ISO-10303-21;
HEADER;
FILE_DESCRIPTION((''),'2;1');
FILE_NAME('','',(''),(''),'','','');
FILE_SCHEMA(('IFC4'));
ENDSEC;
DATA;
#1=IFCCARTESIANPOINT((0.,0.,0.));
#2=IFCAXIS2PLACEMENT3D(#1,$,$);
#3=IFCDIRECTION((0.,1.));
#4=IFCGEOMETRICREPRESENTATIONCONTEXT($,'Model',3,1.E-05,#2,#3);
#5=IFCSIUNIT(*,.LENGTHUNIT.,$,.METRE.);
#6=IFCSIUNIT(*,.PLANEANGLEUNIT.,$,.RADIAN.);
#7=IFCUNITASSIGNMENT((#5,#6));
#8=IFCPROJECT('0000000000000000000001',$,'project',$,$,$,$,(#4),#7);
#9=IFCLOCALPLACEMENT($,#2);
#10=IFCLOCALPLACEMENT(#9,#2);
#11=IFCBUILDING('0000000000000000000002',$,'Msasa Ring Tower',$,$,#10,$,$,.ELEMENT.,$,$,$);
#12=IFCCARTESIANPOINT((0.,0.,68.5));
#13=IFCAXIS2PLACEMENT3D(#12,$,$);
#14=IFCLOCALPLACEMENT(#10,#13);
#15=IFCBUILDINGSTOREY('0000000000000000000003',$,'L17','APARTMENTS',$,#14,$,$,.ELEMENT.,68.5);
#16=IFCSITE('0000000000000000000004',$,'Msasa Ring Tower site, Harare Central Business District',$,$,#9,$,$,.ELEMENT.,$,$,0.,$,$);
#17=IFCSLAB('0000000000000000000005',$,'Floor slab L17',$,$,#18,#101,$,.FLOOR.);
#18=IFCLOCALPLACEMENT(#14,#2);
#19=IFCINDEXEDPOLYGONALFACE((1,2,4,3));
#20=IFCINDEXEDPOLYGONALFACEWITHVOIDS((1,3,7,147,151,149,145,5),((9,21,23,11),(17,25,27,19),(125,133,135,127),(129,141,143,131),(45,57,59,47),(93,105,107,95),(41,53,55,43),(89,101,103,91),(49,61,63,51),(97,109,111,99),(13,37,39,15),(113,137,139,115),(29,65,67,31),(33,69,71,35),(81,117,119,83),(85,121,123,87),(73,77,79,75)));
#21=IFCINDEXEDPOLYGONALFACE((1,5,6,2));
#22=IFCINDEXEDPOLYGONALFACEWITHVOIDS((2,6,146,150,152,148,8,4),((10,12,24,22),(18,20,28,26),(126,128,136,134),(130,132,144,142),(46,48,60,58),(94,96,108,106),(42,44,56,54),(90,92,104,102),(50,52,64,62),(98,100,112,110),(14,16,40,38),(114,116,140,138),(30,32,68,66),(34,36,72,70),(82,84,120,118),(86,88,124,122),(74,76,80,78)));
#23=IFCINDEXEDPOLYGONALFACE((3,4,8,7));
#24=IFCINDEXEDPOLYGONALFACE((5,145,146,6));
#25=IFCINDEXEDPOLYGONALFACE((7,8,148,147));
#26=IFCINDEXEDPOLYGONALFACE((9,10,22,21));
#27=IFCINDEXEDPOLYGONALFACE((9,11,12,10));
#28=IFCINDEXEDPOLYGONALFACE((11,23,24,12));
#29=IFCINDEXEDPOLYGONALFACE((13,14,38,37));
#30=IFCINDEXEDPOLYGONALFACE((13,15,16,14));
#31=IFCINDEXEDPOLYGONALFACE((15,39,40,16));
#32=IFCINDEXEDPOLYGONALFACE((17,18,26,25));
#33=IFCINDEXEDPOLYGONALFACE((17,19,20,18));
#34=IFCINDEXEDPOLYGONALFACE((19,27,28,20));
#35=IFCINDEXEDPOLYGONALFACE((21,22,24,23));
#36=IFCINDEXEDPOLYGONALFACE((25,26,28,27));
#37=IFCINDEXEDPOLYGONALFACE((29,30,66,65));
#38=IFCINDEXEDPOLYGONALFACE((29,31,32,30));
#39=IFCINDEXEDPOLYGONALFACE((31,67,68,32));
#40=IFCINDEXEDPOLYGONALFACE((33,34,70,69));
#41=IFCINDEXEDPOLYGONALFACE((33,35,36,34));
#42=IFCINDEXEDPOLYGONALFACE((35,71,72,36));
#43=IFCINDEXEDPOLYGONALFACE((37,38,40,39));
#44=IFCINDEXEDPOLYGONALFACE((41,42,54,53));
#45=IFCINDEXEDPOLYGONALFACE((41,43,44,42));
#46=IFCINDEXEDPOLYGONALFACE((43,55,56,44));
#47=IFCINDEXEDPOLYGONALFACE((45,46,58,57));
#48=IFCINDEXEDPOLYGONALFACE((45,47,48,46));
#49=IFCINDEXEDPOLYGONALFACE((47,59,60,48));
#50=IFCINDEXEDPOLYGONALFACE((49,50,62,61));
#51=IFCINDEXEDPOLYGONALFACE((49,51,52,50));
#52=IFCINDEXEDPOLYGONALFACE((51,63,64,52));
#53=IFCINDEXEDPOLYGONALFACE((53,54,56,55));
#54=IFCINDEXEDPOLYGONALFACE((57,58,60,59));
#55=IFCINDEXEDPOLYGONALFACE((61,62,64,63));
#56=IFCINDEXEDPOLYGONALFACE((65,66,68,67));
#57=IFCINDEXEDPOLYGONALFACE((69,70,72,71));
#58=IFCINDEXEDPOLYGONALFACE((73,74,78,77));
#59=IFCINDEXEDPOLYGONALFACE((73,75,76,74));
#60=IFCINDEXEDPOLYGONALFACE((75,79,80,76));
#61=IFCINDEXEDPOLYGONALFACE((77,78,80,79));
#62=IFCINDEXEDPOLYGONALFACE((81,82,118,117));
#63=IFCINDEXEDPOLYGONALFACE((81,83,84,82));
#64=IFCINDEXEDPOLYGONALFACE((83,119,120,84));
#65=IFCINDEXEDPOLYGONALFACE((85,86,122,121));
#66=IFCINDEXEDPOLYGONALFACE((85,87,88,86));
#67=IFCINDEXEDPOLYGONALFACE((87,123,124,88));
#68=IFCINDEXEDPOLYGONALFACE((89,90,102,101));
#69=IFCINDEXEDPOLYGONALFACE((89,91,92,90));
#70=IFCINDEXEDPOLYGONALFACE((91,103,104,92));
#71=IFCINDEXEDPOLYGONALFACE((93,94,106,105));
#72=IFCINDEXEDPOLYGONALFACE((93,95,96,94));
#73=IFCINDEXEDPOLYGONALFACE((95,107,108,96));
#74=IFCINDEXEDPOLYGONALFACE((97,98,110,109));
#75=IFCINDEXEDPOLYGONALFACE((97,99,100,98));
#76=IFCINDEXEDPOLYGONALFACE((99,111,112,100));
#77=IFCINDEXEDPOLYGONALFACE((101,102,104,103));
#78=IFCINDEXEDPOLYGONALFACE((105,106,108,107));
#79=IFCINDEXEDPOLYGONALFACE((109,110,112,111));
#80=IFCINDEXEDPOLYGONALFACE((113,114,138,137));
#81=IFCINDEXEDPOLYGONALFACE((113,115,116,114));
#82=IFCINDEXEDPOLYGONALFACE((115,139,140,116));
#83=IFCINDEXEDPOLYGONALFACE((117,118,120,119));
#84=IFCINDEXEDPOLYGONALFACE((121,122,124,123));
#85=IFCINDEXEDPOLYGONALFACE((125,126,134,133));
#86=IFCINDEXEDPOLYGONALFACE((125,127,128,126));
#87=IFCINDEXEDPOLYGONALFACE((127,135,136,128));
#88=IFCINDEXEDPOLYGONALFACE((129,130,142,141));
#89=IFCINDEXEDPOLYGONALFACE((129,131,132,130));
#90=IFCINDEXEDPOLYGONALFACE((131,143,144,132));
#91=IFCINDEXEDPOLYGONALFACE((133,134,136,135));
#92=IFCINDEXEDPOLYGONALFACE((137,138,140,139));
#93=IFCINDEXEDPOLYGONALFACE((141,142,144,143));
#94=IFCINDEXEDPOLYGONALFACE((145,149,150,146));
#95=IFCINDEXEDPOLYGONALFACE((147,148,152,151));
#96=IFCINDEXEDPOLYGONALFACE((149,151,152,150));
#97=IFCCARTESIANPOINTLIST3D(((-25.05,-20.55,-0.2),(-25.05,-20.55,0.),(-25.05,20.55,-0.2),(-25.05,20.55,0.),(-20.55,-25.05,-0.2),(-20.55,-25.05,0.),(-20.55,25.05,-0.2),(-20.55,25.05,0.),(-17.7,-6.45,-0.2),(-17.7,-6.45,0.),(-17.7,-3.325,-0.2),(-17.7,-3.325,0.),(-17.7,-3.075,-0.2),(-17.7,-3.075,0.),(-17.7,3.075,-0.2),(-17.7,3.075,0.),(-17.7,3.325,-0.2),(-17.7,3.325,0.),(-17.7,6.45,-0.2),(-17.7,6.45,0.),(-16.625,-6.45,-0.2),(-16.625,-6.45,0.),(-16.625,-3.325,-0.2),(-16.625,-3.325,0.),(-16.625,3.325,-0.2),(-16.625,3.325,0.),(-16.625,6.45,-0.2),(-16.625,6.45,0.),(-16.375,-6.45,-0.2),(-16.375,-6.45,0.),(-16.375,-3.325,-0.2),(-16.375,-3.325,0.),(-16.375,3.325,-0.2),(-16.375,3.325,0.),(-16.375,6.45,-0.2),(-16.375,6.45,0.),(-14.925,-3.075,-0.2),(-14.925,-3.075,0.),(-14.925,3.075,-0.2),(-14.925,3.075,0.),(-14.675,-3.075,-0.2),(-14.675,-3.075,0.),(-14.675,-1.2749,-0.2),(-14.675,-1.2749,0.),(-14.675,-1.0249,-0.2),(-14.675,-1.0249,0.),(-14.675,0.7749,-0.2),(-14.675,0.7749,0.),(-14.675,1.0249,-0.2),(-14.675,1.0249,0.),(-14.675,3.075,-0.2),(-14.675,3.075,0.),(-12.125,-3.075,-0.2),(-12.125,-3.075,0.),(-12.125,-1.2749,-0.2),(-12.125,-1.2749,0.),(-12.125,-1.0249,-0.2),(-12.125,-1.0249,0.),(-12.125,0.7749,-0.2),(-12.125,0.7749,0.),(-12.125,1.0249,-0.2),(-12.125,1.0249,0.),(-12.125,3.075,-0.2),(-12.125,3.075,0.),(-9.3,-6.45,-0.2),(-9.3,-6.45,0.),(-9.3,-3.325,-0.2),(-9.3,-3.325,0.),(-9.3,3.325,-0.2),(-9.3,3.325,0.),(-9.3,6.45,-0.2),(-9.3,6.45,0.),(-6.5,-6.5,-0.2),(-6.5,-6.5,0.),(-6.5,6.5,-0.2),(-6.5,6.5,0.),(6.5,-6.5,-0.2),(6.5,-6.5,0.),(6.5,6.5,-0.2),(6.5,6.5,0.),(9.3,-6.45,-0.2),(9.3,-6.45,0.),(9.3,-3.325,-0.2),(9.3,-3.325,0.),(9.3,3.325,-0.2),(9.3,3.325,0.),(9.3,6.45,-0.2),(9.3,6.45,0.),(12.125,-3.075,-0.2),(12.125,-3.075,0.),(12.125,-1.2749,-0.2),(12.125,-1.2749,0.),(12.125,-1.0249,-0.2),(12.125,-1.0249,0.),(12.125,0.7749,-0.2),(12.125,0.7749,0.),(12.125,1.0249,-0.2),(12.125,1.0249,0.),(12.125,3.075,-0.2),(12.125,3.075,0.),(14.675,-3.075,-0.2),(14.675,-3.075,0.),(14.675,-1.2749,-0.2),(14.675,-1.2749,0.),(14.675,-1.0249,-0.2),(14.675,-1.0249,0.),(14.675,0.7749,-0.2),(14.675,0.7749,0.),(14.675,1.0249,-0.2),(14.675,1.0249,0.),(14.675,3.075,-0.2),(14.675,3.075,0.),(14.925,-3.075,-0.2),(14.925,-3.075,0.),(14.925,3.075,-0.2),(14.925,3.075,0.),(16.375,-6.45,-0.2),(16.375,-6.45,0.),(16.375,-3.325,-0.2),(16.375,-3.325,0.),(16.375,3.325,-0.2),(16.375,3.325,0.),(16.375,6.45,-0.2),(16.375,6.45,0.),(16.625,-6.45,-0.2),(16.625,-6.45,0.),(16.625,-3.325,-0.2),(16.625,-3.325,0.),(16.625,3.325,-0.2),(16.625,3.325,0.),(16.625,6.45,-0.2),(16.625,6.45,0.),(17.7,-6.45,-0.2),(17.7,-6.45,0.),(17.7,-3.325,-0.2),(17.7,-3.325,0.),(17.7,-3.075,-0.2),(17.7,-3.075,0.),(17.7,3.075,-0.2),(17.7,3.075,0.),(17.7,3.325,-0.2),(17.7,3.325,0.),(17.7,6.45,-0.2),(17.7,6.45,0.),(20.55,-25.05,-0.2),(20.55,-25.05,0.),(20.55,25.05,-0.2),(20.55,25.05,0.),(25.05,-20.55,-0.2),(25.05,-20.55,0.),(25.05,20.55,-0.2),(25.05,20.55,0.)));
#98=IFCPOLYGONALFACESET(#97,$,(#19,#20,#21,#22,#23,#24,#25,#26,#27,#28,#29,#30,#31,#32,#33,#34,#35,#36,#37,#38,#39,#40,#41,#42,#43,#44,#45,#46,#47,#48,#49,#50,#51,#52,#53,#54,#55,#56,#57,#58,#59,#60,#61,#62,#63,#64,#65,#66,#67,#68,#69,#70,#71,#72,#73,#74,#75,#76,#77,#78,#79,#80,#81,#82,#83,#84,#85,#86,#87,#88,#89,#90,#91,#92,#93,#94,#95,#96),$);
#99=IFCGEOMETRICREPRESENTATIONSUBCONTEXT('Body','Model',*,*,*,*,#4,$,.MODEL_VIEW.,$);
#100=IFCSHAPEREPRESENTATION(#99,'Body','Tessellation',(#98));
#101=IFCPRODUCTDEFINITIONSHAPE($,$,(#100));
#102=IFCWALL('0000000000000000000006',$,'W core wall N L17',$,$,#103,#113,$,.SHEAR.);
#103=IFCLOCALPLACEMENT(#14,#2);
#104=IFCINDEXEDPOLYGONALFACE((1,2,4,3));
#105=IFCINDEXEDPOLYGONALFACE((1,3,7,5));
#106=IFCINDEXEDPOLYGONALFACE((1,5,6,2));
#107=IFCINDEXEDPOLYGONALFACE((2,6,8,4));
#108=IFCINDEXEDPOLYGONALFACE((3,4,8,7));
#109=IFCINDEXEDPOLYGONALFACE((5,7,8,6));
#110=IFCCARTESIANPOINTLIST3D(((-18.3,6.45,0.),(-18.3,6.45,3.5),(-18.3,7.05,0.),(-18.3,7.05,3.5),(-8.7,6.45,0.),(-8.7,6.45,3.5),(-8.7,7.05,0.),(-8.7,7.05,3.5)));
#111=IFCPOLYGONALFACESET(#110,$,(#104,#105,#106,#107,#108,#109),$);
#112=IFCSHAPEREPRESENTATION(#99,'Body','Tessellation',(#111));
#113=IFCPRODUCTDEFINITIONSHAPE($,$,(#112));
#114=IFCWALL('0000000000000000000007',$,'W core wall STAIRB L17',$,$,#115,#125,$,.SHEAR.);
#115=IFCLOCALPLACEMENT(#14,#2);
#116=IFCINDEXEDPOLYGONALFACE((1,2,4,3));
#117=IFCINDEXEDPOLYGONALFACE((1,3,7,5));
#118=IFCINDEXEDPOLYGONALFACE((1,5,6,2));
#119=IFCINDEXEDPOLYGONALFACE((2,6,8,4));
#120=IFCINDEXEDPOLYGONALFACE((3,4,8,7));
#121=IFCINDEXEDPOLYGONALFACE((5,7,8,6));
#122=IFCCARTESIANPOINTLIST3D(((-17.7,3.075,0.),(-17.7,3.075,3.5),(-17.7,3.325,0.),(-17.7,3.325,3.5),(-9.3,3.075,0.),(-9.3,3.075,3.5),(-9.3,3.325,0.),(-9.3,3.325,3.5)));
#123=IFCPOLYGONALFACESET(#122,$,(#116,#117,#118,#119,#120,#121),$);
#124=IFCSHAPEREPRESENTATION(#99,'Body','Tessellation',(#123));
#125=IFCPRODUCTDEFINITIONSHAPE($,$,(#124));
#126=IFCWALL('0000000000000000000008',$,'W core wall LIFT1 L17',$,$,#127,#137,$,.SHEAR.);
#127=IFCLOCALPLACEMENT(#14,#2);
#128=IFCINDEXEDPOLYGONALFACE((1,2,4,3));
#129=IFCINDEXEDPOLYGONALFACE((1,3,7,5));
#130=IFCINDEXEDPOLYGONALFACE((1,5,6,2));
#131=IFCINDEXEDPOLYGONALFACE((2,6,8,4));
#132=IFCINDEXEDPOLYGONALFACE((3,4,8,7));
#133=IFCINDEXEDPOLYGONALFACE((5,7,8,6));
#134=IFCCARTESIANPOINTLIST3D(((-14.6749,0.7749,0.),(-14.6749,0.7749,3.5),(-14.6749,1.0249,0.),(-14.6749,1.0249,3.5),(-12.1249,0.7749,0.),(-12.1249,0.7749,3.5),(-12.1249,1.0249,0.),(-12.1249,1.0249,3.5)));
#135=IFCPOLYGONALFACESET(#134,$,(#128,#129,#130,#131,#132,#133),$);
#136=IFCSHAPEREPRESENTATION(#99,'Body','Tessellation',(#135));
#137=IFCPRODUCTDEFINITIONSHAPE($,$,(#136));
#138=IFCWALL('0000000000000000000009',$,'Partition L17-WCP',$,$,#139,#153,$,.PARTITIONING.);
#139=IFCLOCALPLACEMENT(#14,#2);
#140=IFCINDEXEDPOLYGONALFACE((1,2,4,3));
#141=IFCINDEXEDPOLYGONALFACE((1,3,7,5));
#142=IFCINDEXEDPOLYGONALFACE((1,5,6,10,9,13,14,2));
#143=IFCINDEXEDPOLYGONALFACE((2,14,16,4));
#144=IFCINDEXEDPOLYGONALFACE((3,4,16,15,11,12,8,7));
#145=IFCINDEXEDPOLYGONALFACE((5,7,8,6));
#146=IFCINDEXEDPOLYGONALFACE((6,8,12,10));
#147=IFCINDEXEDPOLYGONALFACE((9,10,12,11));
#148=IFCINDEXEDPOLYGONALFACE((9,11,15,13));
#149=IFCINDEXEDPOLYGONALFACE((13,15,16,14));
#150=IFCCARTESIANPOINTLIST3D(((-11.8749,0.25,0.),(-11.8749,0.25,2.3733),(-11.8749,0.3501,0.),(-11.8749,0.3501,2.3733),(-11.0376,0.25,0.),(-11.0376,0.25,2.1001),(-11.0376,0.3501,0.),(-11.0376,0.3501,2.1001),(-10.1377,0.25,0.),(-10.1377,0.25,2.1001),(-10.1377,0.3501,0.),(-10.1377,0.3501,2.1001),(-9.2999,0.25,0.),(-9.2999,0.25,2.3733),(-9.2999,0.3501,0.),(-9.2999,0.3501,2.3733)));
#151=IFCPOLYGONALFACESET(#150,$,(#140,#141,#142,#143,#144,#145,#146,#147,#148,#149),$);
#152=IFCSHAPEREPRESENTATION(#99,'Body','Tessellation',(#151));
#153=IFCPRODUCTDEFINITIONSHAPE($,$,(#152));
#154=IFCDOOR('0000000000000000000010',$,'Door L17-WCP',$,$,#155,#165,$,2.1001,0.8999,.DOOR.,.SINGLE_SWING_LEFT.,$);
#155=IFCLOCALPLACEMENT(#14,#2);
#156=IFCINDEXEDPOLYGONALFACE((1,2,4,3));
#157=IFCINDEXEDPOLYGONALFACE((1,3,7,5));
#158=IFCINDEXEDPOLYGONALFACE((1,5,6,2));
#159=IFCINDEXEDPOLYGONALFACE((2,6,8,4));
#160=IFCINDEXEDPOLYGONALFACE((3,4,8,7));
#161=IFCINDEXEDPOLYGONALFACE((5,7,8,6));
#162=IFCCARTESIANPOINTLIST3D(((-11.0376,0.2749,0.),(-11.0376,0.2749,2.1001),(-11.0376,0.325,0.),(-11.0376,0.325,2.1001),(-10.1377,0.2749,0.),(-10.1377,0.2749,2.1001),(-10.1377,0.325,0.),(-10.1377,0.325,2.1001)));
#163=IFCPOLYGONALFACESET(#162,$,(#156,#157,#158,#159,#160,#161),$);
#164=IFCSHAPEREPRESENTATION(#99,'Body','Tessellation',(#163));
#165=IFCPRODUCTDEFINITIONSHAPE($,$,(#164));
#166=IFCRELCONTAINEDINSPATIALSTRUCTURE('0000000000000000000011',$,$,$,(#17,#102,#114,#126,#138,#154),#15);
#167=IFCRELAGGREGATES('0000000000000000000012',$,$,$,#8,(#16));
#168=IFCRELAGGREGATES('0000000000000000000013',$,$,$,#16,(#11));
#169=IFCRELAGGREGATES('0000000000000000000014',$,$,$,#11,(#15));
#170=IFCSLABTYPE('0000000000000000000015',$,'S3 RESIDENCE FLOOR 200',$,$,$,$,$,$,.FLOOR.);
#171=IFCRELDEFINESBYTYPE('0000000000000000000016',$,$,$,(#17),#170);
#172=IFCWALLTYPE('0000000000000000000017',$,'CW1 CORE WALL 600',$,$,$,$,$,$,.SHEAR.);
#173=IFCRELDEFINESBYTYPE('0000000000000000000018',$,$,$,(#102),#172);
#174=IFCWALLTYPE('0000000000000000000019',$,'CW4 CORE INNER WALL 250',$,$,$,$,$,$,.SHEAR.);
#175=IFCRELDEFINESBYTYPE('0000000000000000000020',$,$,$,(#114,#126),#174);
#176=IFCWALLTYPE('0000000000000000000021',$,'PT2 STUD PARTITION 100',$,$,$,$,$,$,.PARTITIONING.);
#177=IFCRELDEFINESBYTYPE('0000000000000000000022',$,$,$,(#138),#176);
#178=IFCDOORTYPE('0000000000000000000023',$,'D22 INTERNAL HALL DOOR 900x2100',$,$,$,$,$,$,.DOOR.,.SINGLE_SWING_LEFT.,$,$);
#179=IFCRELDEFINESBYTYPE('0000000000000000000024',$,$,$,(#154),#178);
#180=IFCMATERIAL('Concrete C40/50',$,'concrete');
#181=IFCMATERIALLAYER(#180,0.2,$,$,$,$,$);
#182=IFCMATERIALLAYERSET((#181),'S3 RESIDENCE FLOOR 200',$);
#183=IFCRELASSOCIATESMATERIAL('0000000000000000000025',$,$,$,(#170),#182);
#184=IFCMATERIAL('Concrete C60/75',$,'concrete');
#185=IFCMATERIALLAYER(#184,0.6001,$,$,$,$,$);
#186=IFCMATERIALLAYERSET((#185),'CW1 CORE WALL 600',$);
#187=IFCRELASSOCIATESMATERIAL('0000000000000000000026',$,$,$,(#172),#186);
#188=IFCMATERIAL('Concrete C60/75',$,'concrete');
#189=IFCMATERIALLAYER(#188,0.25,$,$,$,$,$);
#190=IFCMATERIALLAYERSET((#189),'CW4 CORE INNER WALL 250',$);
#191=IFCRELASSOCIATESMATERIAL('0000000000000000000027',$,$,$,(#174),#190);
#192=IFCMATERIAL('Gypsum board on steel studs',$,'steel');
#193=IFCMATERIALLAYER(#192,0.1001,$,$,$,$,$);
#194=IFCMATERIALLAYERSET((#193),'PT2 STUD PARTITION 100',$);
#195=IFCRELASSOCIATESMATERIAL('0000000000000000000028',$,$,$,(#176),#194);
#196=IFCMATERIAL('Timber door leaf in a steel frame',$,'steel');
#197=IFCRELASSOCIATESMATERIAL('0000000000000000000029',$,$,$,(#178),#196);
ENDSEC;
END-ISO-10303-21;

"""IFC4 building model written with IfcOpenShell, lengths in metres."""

from ifc_helpers import new_model, si_unit, direction, frame, frame_2d, origin, place, context, subcontext, project, spatial, polyline, rectangle, outline, extrude, material, layer, layer_set, type_object, element, fill, save


model = new_model("IFC4")

# Units and contexts
model_context = context("Model", 3, precision=1e-05, world=origin(), true_north=direction((0.0, 1.0)))
body_context = subcontext(model_context, "Body", "Model", "MODEL_VIEW")
ifc_project = project(units=[si_unit("LENGTHUNIT", "METRE"), si_unit("PLANEANGLEUNIT", "RADIAN")], contexts=[model_context])

# Site, building, storey
site_placement = place(None, origin())
site = spatial("IfcSite", under=ifc_project, at=site_placement, Name="Msasa Ring Tower site, Harare Central Business District", CompositionType="ELEMENT", RefElevation=0.0)
building_placement = place(site_placement, origin())
building = spatial("IfcBuilding", under=site, at=building_placement, Name="Msasa Ring Tower", CompositionType="ELEMENT")
storey_placement = place(building_placement, frame((0.0, 0.0, 68.5)))
storey = spatial("IfcBuildingStorey", under=building, at=storey_placement, Name="L17", Description="APARTMENTS", CompositionType="ELEMENT", Elevation=68.5)

# Slab
ifc_material_1 = material(Name="Concrete C40/50", Category="concrete")
ifc_layer_1 = layer(ifc_material_1, 0.2)
ifc_layer_set_1 = layer_set([ifc_layer_1], Name="S3 RESIDENCE FLOOR 200")
slab_type = type_object("IfcSlabType", Name="S3 RESIDENCE FLOOR 200", PredefinedType="FLOOR", material=ifc_layer_set_1)
slab_placement = place(storey_placement, frame((0.0, 0.0, -0.2)))
element("IfcSlab", 1, at=slab_placement, inside=storey, type_object=slab_type, Name="Floor slab L17", PredefinedType="FLOOR", context=body_context, shape_type="SweptSolid", body=[
    extrude(outline(polyline([(-20.55, -25.05), (20.55, -25.05), (25.05, -20.55), (25.05, 20.55), (20.55, 25.05), (-20.55, 25.05), (-25.05, 20.55), (-25.05, -20.55), (-20.55, -25.05)]), holes=[polyline([(-6.5, -6.5), (6.5, -6.5), (6.5, 6.5), (-6.5, 6.5), (-6.5, -6.5)]), polyline([(9.3, -6.45), (16.375, -6.45), (16.375, -3.325), (9.3, -3.325), (9.3, -6.45)]), polyline([(9.3, 3.325), (16.375, 3.325), (16.375, 6.45), (9.3, 6.45), (9.3, 3.325)]), polyline([(12.125, -3.075), (14.675, -3.075), (14.675, -1.2749), (12.125, -1.2749), (12.125, -3.075)]), polyline([(12.125, -1.0249), (14.675, -1.0249), (14.675, 0.7749), (12.125, 0.7749), (12.125, -1.0249)]), polyline([(12.125, 1.0249), (14.675, 1.0249), (14.675, 3.075), (12.125, 3.075), (12.125, 1.0249)]), polyline([(16.625, -6.45), (17.7, -6.45), (17.7, -3.325), (16.625, -3.325), (16.625, -6.45)]), polyline([(16.625, 3.325), (17.7, 3.325), (17.7, 6.45), (16.625, 6.45), (16.625, 3.325)]), polyline([(14.925, -3.075), (17.7, -3.075), (17.7, 3.075), (14.925, 3.075), (14.925, -3.075)]), polyline([(-16.375, -6.45), (-9.3, -6.45), (-9.3, -3.325), (-16.375, -3.325), (-16.375, -6.45)]), polyline([(-16.375, 3.325), (-9.3, 3.325), (-9.3, 6.45), (-16.375, 6.45), (-16.375, 3.325)]), polyline([(-14.675, -3.075), (-12.125, -3.075), (-12.125, -1.2749), (-14.675, -1.2749), (-14.675, -3.075)]), polyline([(-14.675, -1.0249), (-12.125, -1.0249), (-12.125, 0.7749), (-14.675, 0.7749), (-14.675, -1.0249)]), polyline([(-14.675, 1.0249), (-12.125, 1.0249), (-12.125, 3.075), (-14.675, 3.075), (-14.675, 1.0249)]), polyline([(-17.7, -6.45), (-16.625, -6.45), (-16.625, -3.325), (-17.7, -3.325), (-17.7, -6.45)]), polyline([(-17.7, 3.325), (-16.625, 3.325), (-16.625, 6.45), (-17.7, 6.45), (-17.7, 3.325)]), polyline([(-17.7, -3.075), (-14.925, -3.075), (-14.925, 3.075), (-17.7, 3.075), (-17.7, -3.075)])]), origin(), (0.0, 0.0, 1.0), 0.2),
])

# Walls
ifc_material_2 = material(Name="Concrete C60/75", Category="concrete")
ifc_layer_2 = layer(ifc_material_2, 0.6001)
ifc_layer_set_2 = layer_set([ifc_layer_2], Name="CW1 CORE WALL 600")
wall_type_1 = type_object("IfcWallType", Name="CW1 CORE WALL 600", PredefinedType="SHEAR", material=ifc_layer_set_2)
wall_1_placement = place(storey_placement, frame((-8.7, 6.75, 0.0), z_axis=(0.0, 0.0, 1.0), x_axis=(-1.0, 0.0, 0.0)))
element("IfcWall", 2, at=wall_1_placement, inside=storey, type_object=wall_type_1, Name="W core wall N L17", PredefinedType="SHEAR", context=body_context, shape_type="SweptSolid", body=[
    extrude(rectangle(XDim=9.6001, YDim=0.6001, at=frame_2d((4.8, 0.0))), origin(), (0.0, 0.0, 1.0), 3.5),
])
ifc_material_3 = material(Name="Concrete C60/75", Category="concrete")
ifc_layer_3 = layer(ifc_material_3, 0.25)
ifc_layer_set_3 = layer_set([ifc_layer_3], Name="CW4 CORE INNER WALL 250")
wall_type_2 = type_object("IfcWallType", Name="CW4 CORE INNER WALL 250", PredefinedType="SHEAR", material=ifc_layer_set_3)
wall_2_placement = place(storey_placement, frame((-9.3, 3.2, 0.0), z_axis=(0.0, 0.0, 1.0), x_axis=(-1.0, 0.0, 0.0)))
element("IfcWall", 3, at=wall_2_placement, inside=storey, type_object=wall_type_2, Name="W core wall STAIRB L17", PredefinedType="SHEAR", context=body_context, shape_type="SweptSolid", body=[
    extrude(rectangle(XDim=8.3999, YDim=0.25, at=frame_2d((4.2, 0.0))), origin(), (0.0, 0.0, 1.0), 3.5),
])
wall_3_placement = place(storey_placement, frame((-12.125, 0.8999, 0.0), z_axis=(0.0, 0.0, 1.0), x_axis=(-1.0, 0.0, 0.0)))
element("IfcWall", 4, at=wall_3_placement, inside=storey, type_object=wall_type_2, Name="W core wall LIFT1 L17", PredefinedType="SHEAR", context=body_context, shape_type="SweptSolid", body=[
    extrude(rectangle(XDim=2.55, YDim=0.25, at=frame_2d((1.2749, 0.0))), origin(), (0.0, 0.0, 1.0), 3.5),
])

# Wall, opening, door
ifc_material_4 = material(Name="Gypsum board on steel studs", Category="steel")
ifc_layer_4 = layer(ifc_material_4, 0.1001)
ifc_layer_set_4 = layer_set([ifc_layer_4], Name="PT2 STUD PARTITION 100")
wall_type_3 = type_object("IfcWallType", Name="PT2 STUD PARTITION 100", PredefinedType="PARTITIONING", material=ifc_layer_set_4)
wall_4_placement = place(storey_placement, frame((-11.875, 0.3, 0.0), z_axis=(0.0, 0.0, 1.0), x_axis=(1.0, 0.0, 0.0)))
wall_4 = element("IfcWall", 5, at=wall_4_placement, inside=storey, type_object=wall_type_3, Name="Partition L17-WCP", PredefinedType="PARTITIONING", context=body_context, shape_type="SweptSolid", body=[
    extrude(rectangle(XDim=2.575, YDim=0.1001, at=frame_2d((1.2876, 0.0))), origin(), (0.0, 0.0, 1.0), 2.3733),
])
opening_placement = place(wall_4_placement, frame((0.8374, 0.0, 0.0)))
opening = element("IfcOpeningElement", 6, at=opening_placement, cuts=wall_4, PredefinedType="OPENING", context=body_context, shape_type="SweptSolid", body=[
    extrude(rectangle(XDim=0.8999, YDim=2.1001, at=frame_2d((0.45, 1.05))), frame((0.0, 0.0601, 0.0), z_axis=(0.0, -1.0, 0.0), x_axis=(1.0, 0.0, 0.0)), (0.0, 0.0, 1.0), 0.1201),
])
ifc_material_5 = material(Name="Timber door leaf in a steel frame", Category="steel")
door_type = type_object("IfcDoorType", Name="D22 INTERNAL HALL DOOR 900x2100", OperationType="SINGLE_SWING_LEFT", PredefinedType="DOOR", material=ifc_material_5)
door_placement = place(opening_placement, origin())
door = element("IfcDoor", 7, at=door_placement, inside=storey, type_object=door_type, Name="Door L17-WCP", OperationType="SINGLE_SWING_LEFT", OverallHeight=2.1001, OverallWidth=0.8999, PredefinedType="DOOR", context=body_context, shape_type="SweptSolid", body=[
    extrude(rectangle(XDim=0.8999, YDim=2.1001, at=frame_2d((0.45, 1.05))), frame((0.0, 0.0249, 0.0), z_axis=(0.0, -1.0, 0.0), x_axis=(1.0, 0.0, 0.0)), (0.0, 0.0, 1.0), 0.05),
])
fill(opening, door)

save(model, "model.ifc")
